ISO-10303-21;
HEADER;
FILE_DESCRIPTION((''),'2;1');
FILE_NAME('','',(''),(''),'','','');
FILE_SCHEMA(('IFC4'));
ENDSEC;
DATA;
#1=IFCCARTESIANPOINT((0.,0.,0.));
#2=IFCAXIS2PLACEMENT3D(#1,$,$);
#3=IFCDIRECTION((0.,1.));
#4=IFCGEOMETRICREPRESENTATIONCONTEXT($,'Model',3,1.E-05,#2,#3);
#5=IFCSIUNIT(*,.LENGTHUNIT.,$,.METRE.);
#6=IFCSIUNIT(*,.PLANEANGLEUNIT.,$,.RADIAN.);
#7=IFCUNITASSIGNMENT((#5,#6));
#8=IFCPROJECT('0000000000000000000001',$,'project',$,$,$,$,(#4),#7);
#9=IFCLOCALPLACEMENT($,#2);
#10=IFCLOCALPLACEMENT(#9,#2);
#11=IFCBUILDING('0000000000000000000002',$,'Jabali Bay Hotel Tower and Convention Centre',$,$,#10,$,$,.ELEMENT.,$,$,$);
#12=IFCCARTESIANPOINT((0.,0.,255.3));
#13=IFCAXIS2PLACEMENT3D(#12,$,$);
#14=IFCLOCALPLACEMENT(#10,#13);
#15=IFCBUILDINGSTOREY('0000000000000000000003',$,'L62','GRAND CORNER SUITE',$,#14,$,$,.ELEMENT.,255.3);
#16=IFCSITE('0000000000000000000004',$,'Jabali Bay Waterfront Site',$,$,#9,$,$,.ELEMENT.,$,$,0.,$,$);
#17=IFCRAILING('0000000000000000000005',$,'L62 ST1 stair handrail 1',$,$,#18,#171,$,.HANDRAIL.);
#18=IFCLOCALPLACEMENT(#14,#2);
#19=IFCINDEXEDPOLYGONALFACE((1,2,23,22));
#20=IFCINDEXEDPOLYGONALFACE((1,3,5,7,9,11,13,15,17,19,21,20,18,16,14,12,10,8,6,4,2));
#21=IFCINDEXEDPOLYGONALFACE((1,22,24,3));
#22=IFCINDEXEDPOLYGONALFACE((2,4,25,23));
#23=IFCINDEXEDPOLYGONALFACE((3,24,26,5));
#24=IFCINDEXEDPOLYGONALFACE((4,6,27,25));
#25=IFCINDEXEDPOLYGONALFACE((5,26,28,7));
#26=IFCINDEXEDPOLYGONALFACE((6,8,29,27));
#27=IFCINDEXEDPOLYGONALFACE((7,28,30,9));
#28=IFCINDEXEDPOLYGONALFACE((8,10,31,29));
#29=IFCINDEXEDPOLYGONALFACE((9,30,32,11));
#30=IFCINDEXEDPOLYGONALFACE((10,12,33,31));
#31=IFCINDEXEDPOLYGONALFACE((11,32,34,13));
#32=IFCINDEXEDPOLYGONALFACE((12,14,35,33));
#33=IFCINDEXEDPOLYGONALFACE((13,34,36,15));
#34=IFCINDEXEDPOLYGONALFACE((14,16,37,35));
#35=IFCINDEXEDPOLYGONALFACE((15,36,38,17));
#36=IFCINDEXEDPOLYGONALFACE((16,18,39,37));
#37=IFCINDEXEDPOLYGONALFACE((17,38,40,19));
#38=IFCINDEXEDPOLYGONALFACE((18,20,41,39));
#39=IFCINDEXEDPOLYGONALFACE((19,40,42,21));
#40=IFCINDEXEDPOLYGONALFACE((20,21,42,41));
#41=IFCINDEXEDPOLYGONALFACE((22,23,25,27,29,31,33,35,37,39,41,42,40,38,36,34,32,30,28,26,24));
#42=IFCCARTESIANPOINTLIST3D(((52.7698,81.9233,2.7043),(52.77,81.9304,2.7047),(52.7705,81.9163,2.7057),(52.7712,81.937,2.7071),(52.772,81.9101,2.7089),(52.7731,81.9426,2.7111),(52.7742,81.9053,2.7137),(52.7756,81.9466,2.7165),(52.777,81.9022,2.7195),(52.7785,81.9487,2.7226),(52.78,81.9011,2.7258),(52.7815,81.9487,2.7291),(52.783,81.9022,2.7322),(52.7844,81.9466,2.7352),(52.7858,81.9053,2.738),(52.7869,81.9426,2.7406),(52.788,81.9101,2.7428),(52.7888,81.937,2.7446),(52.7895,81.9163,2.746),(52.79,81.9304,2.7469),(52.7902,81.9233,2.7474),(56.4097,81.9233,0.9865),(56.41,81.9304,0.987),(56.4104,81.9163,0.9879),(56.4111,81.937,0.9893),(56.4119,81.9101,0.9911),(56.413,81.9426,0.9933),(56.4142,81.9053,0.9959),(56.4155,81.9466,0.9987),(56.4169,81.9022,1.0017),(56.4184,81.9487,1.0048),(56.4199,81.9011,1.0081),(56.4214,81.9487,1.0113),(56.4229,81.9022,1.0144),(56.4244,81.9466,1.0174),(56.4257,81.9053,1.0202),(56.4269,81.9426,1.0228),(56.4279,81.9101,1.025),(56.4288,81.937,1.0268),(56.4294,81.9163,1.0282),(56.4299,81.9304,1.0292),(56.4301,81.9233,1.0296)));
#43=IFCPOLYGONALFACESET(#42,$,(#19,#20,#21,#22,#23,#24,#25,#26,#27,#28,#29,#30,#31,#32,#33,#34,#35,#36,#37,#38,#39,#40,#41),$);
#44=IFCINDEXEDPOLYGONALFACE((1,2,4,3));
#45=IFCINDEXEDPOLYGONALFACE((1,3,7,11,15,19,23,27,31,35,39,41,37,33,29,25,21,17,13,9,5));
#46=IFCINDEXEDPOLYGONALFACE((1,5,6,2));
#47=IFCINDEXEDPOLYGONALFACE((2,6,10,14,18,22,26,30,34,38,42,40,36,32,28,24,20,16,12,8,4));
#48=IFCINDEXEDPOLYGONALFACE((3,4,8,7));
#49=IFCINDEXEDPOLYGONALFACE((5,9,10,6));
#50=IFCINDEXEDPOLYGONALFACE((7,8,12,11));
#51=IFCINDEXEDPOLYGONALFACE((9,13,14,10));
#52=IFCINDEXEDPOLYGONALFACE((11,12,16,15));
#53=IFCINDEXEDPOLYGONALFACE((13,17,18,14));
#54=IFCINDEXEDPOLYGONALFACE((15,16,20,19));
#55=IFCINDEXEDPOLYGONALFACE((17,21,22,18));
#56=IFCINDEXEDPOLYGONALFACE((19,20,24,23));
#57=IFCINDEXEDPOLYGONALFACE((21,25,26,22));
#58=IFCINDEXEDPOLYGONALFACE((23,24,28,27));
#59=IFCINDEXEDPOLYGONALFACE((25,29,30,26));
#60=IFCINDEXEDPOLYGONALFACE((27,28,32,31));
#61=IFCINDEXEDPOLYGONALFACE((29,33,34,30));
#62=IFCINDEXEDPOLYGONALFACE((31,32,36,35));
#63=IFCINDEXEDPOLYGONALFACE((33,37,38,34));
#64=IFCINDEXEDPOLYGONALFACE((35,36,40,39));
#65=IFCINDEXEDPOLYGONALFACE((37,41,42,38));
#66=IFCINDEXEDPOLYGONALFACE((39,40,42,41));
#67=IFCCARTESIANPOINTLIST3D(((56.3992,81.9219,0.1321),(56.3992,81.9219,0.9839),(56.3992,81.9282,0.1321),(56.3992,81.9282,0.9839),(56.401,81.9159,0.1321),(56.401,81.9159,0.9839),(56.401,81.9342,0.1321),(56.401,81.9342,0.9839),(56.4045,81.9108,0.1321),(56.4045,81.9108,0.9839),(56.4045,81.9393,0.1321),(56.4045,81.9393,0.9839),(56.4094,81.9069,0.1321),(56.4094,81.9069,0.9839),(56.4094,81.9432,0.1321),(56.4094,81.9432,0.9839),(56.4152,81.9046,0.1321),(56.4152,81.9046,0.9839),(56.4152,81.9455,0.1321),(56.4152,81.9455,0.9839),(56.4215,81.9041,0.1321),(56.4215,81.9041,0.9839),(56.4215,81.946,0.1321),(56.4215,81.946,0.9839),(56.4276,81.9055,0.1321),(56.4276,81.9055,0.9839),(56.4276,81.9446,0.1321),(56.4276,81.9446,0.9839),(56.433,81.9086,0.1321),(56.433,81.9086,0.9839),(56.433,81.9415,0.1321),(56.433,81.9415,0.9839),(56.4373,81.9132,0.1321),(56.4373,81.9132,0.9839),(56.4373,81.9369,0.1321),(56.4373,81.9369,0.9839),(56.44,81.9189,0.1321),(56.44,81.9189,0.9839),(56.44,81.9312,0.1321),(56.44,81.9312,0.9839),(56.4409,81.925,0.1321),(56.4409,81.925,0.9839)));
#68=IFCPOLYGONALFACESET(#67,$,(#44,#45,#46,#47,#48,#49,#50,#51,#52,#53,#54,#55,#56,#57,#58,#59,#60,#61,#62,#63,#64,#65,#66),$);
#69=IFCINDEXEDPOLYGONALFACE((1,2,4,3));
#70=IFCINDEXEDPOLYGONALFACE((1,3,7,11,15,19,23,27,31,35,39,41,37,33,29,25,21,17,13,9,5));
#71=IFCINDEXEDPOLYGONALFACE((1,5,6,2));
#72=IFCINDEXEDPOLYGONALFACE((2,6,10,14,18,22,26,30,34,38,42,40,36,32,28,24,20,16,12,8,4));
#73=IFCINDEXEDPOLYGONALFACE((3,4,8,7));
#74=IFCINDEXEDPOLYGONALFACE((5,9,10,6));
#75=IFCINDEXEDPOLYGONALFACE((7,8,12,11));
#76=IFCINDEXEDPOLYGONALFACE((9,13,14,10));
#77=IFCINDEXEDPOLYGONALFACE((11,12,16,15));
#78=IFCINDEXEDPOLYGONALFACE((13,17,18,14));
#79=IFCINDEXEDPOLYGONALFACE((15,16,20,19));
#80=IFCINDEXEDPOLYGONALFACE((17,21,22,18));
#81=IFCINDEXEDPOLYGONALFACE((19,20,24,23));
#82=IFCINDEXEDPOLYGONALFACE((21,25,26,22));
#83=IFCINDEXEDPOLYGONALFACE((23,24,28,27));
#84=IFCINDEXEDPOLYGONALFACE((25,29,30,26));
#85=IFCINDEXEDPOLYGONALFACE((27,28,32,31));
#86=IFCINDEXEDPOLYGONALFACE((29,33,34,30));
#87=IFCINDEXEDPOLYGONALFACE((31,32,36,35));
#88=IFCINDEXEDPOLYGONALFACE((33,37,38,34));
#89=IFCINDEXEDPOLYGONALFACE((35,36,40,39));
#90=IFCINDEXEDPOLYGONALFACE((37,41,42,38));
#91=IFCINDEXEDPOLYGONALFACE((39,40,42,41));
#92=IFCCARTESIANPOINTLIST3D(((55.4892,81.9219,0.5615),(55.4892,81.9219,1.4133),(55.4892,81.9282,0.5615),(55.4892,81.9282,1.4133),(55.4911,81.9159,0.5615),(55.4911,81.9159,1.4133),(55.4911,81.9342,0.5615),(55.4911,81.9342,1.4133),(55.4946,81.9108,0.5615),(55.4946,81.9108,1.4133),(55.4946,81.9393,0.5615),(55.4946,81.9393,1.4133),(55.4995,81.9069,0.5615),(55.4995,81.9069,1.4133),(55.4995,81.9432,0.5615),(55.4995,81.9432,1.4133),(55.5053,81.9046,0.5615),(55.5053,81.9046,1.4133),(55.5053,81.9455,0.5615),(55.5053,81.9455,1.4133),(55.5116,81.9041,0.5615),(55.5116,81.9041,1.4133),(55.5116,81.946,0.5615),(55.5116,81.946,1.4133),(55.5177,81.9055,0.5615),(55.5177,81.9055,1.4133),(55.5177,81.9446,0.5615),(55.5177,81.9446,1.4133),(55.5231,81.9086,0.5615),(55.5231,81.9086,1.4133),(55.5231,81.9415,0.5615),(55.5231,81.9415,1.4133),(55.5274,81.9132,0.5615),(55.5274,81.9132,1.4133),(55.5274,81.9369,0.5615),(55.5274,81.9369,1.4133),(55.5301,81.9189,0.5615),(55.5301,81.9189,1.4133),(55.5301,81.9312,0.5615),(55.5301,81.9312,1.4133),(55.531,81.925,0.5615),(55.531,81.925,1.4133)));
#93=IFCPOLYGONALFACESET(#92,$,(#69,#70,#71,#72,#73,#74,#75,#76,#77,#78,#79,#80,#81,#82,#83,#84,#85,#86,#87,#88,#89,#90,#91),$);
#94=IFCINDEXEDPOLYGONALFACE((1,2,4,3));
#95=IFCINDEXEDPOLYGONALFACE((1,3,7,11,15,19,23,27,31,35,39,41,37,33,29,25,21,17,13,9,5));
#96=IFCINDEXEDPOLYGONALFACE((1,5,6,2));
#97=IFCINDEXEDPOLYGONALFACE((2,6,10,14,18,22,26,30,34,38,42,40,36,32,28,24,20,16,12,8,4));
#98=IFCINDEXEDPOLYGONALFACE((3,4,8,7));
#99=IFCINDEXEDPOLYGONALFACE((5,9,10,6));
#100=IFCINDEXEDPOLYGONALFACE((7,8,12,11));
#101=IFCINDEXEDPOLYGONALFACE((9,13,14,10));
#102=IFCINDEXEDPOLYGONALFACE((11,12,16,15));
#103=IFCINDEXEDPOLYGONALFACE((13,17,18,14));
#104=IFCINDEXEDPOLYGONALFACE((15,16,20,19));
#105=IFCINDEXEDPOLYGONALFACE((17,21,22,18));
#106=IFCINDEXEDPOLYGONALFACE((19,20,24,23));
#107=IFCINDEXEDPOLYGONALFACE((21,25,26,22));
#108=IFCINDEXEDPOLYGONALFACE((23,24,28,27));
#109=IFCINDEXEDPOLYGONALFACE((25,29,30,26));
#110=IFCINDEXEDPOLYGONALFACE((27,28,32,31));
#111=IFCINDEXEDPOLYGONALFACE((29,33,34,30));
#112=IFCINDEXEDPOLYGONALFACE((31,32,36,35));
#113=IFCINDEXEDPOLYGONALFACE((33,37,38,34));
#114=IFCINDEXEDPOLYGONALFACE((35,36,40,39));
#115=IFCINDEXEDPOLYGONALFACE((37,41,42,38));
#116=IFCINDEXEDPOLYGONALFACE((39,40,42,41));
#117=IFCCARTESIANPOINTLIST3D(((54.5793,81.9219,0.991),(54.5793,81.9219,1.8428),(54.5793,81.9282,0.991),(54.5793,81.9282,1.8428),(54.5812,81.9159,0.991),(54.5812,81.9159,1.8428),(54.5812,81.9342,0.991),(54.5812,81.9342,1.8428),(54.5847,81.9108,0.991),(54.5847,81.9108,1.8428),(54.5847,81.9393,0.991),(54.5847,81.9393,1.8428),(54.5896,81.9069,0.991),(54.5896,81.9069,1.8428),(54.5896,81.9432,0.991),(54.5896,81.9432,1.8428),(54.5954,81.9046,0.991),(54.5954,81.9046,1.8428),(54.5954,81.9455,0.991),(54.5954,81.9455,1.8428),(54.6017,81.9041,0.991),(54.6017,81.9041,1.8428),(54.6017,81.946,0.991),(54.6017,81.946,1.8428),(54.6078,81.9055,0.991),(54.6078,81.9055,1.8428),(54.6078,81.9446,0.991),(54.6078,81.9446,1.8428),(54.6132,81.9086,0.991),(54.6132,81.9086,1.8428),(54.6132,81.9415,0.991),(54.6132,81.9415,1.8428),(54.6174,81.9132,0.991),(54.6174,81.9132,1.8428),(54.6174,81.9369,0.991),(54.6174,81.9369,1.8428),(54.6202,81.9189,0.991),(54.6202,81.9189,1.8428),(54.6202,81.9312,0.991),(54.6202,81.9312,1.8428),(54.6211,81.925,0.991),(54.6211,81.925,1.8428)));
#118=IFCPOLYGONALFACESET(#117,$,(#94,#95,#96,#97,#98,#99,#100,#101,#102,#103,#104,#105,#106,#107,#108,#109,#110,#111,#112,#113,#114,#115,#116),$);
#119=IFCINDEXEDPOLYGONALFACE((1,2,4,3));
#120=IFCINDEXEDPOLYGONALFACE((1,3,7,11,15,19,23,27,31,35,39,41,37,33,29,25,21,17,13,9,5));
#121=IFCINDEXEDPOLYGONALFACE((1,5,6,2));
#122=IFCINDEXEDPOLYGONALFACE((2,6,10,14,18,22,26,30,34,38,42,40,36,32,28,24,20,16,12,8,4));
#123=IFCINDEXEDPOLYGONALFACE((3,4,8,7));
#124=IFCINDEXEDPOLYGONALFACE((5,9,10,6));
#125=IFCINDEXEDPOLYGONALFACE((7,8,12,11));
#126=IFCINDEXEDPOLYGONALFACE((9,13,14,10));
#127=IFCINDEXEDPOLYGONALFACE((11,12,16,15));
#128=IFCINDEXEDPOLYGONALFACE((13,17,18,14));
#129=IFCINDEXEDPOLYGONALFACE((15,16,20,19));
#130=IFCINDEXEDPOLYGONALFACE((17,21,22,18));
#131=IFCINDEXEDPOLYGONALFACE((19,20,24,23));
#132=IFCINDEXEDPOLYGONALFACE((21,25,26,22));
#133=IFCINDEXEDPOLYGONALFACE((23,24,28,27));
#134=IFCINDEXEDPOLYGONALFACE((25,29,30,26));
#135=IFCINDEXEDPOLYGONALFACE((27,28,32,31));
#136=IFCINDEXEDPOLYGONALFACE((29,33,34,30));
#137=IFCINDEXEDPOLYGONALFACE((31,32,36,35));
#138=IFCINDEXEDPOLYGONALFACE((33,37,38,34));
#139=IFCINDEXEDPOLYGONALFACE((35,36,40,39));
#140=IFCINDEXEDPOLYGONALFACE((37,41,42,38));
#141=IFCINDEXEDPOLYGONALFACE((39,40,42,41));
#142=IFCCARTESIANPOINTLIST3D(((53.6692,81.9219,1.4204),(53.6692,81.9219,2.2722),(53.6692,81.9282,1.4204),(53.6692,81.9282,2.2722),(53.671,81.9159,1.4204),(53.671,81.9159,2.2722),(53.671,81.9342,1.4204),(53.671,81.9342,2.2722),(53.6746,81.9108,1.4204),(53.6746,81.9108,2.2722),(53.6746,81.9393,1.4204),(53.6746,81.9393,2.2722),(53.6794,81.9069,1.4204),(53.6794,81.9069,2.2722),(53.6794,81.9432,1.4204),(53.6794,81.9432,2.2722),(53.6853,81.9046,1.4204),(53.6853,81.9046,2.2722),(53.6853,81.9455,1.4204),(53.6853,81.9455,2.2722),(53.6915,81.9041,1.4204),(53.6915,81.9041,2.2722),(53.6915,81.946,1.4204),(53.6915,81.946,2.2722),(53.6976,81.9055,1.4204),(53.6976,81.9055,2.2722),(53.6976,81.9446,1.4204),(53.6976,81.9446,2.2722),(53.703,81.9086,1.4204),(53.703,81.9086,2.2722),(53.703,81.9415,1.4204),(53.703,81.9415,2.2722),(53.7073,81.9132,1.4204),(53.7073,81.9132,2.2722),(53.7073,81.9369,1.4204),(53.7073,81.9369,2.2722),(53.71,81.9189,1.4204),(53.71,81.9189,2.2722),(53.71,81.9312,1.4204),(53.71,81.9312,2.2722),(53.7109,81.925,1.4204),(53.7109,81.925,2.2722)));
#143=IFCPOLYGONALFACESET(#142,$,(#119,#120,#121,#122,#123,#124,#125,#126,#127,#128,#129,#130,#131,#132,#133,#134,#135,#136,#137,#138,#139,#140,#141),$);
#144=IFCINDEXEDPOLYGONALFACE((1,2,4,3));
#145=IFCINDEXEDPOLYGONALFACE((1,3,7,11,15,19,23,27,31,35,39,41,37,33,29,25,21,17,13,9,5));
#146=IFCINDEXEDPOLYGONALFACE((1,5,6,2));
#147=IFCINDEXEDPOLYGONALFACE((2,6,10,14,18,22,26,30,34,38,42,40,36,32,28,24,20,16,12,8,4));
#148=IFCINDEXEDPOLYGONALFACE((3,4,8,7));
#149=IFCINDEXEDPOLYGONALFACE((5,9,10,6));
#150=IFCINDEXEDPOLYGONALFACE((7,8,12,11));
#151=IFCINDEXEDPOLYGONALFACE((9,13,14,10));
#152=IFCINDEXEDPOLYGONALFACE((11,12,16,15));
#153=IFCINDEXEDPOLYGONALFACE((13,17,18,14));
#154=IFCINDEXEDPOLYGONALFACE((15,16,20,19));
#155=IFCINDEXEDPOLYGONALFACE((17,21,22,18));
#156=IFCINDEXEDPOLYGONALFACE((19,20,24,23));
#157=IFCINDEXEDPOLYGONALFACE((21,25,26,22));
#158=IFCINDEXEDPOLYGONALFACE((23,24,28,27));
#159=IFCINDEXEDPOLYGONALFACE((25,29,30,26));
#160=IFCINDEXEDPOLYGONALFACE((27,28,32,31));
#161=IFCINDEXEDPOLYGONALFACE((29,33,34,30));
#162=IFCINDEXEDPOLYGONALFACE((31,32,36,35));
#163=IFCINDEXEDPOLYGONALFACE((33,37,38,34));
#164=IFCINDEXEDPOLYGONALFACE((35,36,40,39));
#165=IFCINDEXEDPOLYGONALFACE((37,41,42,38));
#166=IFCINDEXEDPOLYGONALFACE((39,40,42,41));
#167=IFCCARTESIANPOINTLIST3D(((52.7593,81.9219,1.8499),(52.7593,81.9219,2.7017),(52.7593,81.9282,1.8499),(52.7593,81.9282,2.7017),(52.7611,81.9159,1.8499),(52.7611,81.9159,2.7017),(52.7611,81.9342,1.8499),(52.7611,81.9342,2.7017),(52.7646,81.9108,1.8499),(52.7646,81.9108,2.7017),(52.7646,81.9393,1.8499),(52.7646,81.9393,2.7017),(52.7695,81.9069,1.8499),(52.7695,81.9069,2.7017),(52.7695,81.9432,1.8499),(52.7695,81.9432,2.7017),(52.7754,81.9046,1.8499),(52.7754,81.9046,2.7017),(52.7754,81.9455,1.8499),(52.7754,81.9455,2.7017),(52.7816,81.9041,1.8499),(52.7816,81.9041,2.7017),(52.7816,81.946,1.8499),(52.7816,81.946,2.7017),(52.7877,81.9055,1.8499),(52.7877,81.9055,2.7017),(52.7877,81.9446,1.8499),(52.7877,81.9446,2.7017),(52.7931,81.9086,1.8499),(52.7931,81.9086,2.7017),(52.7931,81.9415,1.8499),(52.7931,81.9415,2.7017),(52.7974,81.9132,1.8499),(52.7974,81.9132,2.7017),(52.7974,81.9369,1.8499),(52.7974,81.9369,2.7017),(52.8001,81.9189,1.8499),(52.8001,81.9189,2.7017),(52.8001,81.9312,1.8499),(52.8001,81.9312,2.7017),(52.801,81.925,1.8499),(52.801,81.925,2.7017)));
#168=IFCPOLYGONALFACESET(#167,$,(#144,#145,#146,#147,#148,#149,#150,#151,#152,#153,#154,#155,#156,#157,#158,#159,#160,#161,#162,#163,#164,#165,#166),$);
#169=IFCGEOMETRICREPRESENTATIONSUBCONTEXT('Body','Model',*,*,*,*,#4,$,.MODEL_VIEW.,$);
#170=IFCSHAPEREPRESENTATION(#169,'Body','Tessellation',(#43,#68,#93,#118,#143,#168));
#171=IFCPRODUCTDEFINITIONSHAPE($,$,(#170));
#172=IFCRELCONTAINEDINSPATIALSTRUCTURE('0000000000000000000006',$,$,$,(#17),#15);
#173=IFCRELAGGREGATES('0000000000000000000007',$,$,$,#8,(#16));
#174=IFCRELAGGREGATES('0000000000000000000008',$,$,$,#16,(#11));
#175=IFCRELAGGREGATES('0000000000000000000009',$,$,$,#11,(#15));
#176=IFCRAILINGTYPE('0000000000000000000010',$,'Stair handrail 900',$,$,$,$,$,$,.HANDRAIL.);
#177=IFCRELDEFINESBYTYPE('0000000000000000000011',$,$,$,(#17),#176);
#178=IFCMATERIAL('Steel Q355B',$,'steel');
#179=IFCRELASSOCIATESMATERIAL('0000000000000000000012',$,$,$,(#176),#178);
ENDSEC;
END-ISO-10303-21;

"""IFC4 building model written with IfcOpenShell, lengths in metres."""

from ifc_helpers import new_model, si_unit, direction, frame, origin, origin_2d, place, context, subcontext, project, spatial, circle, extrude, material, type_object, element, save


model = new_model("IFC4")

# Units and contexts
model_context = context("Model", 3, precision=1e-05, world=origin(), true_north=direction((0.0, 1.0)))
body_context = subcontext(model_context, "Body", "Model", "MODEL_VIEW")
ifc_project = project(units=[si_unit("LENGTHUNIT", "METRE"), si_unit("PLANEANGLEUNIT", "RADIAN")], contexts=[model_context])

# Site, building, storey
site_placement = place(None, origin())
site = spatial("IfcSite", under=ifc_project, at=site_placement, Name="Jabali Bay Waterfront Site", CompositionType="ELEMENT", RefElevation=0.0)
building_placement = place(site_placement, origin())
building = spatial("IfcBuilding", under=site, at=building_placement, Name="Jabali Bay Hotel Tower and Convention Centre", CompositionType="ELEMENT")
storey_placement = place(building_placement, frame((0.0, 0.0, 255.3)))
storey = spatial("IfcBuildingStorey", under=building, at=storey_placement, Name="L62", Description="GRAND CORNER SUITE", CompositionType="ELEMENT", Elevation=255.3)

# Railing
ifc_material_1 = material(Name="Steel Q355B", Category="steel")
railing_type_1 = type_object("IfcRailingType", Name="Stair handrail 900", PredefinedType="HANDRAIL", material=ifc_material_1)
railing_1_placement = place(storey_placement, frame((56.4199, 81.925, 0.1321)))
element("IfcRailing", 1, at=railing_1_placement, inside=storey, type_object=railing_type_1, Name="L62 ST1 stair handrail 1", PredefinedType="HANDRAIL", context=body_context, shape_type="SweptSolid", body=[
    extrude(circle(Radius=0.0239, at=origin_2d()), frame((0.0, 0.0, 0.876), z_axis=(-0.904351, 0.0, 0.42679), x_axis=(0.0, -1.0, 0.0)), (0.0, 0.0, 1.0), 4.0249),
    extrude(circle(Radius=0.021, at=origin_2d()), origin(), (0.0, 0.0, 1.0), 0.8518),
    extrude(circle(Radius=0.021, at=origin_2d()), frame((-0.9099, 0.0, 0.4294)), (0.0, 0.0, 1.0), 0.8518),
    extrude(circle(Radius=0.021, at=origin_2d()), frame((-1.8198, 0.0, 0.8589)), (0.0, 0.0, 1.0), 0.8518),
    extrude(circle(Radius=0.021, at=origin_2d()), frame((-2.73, 0.0, 1.2883)), (0.0, 0.0, 1.0), 0.8518),
    extrude(circle(Radius=0.021, at=origin_2d()), frame((-3.6399, 0.0, 1.7178)), (0.0, 0.0, 1.0), 0.8518),
])

save(model, "model.ifc")
